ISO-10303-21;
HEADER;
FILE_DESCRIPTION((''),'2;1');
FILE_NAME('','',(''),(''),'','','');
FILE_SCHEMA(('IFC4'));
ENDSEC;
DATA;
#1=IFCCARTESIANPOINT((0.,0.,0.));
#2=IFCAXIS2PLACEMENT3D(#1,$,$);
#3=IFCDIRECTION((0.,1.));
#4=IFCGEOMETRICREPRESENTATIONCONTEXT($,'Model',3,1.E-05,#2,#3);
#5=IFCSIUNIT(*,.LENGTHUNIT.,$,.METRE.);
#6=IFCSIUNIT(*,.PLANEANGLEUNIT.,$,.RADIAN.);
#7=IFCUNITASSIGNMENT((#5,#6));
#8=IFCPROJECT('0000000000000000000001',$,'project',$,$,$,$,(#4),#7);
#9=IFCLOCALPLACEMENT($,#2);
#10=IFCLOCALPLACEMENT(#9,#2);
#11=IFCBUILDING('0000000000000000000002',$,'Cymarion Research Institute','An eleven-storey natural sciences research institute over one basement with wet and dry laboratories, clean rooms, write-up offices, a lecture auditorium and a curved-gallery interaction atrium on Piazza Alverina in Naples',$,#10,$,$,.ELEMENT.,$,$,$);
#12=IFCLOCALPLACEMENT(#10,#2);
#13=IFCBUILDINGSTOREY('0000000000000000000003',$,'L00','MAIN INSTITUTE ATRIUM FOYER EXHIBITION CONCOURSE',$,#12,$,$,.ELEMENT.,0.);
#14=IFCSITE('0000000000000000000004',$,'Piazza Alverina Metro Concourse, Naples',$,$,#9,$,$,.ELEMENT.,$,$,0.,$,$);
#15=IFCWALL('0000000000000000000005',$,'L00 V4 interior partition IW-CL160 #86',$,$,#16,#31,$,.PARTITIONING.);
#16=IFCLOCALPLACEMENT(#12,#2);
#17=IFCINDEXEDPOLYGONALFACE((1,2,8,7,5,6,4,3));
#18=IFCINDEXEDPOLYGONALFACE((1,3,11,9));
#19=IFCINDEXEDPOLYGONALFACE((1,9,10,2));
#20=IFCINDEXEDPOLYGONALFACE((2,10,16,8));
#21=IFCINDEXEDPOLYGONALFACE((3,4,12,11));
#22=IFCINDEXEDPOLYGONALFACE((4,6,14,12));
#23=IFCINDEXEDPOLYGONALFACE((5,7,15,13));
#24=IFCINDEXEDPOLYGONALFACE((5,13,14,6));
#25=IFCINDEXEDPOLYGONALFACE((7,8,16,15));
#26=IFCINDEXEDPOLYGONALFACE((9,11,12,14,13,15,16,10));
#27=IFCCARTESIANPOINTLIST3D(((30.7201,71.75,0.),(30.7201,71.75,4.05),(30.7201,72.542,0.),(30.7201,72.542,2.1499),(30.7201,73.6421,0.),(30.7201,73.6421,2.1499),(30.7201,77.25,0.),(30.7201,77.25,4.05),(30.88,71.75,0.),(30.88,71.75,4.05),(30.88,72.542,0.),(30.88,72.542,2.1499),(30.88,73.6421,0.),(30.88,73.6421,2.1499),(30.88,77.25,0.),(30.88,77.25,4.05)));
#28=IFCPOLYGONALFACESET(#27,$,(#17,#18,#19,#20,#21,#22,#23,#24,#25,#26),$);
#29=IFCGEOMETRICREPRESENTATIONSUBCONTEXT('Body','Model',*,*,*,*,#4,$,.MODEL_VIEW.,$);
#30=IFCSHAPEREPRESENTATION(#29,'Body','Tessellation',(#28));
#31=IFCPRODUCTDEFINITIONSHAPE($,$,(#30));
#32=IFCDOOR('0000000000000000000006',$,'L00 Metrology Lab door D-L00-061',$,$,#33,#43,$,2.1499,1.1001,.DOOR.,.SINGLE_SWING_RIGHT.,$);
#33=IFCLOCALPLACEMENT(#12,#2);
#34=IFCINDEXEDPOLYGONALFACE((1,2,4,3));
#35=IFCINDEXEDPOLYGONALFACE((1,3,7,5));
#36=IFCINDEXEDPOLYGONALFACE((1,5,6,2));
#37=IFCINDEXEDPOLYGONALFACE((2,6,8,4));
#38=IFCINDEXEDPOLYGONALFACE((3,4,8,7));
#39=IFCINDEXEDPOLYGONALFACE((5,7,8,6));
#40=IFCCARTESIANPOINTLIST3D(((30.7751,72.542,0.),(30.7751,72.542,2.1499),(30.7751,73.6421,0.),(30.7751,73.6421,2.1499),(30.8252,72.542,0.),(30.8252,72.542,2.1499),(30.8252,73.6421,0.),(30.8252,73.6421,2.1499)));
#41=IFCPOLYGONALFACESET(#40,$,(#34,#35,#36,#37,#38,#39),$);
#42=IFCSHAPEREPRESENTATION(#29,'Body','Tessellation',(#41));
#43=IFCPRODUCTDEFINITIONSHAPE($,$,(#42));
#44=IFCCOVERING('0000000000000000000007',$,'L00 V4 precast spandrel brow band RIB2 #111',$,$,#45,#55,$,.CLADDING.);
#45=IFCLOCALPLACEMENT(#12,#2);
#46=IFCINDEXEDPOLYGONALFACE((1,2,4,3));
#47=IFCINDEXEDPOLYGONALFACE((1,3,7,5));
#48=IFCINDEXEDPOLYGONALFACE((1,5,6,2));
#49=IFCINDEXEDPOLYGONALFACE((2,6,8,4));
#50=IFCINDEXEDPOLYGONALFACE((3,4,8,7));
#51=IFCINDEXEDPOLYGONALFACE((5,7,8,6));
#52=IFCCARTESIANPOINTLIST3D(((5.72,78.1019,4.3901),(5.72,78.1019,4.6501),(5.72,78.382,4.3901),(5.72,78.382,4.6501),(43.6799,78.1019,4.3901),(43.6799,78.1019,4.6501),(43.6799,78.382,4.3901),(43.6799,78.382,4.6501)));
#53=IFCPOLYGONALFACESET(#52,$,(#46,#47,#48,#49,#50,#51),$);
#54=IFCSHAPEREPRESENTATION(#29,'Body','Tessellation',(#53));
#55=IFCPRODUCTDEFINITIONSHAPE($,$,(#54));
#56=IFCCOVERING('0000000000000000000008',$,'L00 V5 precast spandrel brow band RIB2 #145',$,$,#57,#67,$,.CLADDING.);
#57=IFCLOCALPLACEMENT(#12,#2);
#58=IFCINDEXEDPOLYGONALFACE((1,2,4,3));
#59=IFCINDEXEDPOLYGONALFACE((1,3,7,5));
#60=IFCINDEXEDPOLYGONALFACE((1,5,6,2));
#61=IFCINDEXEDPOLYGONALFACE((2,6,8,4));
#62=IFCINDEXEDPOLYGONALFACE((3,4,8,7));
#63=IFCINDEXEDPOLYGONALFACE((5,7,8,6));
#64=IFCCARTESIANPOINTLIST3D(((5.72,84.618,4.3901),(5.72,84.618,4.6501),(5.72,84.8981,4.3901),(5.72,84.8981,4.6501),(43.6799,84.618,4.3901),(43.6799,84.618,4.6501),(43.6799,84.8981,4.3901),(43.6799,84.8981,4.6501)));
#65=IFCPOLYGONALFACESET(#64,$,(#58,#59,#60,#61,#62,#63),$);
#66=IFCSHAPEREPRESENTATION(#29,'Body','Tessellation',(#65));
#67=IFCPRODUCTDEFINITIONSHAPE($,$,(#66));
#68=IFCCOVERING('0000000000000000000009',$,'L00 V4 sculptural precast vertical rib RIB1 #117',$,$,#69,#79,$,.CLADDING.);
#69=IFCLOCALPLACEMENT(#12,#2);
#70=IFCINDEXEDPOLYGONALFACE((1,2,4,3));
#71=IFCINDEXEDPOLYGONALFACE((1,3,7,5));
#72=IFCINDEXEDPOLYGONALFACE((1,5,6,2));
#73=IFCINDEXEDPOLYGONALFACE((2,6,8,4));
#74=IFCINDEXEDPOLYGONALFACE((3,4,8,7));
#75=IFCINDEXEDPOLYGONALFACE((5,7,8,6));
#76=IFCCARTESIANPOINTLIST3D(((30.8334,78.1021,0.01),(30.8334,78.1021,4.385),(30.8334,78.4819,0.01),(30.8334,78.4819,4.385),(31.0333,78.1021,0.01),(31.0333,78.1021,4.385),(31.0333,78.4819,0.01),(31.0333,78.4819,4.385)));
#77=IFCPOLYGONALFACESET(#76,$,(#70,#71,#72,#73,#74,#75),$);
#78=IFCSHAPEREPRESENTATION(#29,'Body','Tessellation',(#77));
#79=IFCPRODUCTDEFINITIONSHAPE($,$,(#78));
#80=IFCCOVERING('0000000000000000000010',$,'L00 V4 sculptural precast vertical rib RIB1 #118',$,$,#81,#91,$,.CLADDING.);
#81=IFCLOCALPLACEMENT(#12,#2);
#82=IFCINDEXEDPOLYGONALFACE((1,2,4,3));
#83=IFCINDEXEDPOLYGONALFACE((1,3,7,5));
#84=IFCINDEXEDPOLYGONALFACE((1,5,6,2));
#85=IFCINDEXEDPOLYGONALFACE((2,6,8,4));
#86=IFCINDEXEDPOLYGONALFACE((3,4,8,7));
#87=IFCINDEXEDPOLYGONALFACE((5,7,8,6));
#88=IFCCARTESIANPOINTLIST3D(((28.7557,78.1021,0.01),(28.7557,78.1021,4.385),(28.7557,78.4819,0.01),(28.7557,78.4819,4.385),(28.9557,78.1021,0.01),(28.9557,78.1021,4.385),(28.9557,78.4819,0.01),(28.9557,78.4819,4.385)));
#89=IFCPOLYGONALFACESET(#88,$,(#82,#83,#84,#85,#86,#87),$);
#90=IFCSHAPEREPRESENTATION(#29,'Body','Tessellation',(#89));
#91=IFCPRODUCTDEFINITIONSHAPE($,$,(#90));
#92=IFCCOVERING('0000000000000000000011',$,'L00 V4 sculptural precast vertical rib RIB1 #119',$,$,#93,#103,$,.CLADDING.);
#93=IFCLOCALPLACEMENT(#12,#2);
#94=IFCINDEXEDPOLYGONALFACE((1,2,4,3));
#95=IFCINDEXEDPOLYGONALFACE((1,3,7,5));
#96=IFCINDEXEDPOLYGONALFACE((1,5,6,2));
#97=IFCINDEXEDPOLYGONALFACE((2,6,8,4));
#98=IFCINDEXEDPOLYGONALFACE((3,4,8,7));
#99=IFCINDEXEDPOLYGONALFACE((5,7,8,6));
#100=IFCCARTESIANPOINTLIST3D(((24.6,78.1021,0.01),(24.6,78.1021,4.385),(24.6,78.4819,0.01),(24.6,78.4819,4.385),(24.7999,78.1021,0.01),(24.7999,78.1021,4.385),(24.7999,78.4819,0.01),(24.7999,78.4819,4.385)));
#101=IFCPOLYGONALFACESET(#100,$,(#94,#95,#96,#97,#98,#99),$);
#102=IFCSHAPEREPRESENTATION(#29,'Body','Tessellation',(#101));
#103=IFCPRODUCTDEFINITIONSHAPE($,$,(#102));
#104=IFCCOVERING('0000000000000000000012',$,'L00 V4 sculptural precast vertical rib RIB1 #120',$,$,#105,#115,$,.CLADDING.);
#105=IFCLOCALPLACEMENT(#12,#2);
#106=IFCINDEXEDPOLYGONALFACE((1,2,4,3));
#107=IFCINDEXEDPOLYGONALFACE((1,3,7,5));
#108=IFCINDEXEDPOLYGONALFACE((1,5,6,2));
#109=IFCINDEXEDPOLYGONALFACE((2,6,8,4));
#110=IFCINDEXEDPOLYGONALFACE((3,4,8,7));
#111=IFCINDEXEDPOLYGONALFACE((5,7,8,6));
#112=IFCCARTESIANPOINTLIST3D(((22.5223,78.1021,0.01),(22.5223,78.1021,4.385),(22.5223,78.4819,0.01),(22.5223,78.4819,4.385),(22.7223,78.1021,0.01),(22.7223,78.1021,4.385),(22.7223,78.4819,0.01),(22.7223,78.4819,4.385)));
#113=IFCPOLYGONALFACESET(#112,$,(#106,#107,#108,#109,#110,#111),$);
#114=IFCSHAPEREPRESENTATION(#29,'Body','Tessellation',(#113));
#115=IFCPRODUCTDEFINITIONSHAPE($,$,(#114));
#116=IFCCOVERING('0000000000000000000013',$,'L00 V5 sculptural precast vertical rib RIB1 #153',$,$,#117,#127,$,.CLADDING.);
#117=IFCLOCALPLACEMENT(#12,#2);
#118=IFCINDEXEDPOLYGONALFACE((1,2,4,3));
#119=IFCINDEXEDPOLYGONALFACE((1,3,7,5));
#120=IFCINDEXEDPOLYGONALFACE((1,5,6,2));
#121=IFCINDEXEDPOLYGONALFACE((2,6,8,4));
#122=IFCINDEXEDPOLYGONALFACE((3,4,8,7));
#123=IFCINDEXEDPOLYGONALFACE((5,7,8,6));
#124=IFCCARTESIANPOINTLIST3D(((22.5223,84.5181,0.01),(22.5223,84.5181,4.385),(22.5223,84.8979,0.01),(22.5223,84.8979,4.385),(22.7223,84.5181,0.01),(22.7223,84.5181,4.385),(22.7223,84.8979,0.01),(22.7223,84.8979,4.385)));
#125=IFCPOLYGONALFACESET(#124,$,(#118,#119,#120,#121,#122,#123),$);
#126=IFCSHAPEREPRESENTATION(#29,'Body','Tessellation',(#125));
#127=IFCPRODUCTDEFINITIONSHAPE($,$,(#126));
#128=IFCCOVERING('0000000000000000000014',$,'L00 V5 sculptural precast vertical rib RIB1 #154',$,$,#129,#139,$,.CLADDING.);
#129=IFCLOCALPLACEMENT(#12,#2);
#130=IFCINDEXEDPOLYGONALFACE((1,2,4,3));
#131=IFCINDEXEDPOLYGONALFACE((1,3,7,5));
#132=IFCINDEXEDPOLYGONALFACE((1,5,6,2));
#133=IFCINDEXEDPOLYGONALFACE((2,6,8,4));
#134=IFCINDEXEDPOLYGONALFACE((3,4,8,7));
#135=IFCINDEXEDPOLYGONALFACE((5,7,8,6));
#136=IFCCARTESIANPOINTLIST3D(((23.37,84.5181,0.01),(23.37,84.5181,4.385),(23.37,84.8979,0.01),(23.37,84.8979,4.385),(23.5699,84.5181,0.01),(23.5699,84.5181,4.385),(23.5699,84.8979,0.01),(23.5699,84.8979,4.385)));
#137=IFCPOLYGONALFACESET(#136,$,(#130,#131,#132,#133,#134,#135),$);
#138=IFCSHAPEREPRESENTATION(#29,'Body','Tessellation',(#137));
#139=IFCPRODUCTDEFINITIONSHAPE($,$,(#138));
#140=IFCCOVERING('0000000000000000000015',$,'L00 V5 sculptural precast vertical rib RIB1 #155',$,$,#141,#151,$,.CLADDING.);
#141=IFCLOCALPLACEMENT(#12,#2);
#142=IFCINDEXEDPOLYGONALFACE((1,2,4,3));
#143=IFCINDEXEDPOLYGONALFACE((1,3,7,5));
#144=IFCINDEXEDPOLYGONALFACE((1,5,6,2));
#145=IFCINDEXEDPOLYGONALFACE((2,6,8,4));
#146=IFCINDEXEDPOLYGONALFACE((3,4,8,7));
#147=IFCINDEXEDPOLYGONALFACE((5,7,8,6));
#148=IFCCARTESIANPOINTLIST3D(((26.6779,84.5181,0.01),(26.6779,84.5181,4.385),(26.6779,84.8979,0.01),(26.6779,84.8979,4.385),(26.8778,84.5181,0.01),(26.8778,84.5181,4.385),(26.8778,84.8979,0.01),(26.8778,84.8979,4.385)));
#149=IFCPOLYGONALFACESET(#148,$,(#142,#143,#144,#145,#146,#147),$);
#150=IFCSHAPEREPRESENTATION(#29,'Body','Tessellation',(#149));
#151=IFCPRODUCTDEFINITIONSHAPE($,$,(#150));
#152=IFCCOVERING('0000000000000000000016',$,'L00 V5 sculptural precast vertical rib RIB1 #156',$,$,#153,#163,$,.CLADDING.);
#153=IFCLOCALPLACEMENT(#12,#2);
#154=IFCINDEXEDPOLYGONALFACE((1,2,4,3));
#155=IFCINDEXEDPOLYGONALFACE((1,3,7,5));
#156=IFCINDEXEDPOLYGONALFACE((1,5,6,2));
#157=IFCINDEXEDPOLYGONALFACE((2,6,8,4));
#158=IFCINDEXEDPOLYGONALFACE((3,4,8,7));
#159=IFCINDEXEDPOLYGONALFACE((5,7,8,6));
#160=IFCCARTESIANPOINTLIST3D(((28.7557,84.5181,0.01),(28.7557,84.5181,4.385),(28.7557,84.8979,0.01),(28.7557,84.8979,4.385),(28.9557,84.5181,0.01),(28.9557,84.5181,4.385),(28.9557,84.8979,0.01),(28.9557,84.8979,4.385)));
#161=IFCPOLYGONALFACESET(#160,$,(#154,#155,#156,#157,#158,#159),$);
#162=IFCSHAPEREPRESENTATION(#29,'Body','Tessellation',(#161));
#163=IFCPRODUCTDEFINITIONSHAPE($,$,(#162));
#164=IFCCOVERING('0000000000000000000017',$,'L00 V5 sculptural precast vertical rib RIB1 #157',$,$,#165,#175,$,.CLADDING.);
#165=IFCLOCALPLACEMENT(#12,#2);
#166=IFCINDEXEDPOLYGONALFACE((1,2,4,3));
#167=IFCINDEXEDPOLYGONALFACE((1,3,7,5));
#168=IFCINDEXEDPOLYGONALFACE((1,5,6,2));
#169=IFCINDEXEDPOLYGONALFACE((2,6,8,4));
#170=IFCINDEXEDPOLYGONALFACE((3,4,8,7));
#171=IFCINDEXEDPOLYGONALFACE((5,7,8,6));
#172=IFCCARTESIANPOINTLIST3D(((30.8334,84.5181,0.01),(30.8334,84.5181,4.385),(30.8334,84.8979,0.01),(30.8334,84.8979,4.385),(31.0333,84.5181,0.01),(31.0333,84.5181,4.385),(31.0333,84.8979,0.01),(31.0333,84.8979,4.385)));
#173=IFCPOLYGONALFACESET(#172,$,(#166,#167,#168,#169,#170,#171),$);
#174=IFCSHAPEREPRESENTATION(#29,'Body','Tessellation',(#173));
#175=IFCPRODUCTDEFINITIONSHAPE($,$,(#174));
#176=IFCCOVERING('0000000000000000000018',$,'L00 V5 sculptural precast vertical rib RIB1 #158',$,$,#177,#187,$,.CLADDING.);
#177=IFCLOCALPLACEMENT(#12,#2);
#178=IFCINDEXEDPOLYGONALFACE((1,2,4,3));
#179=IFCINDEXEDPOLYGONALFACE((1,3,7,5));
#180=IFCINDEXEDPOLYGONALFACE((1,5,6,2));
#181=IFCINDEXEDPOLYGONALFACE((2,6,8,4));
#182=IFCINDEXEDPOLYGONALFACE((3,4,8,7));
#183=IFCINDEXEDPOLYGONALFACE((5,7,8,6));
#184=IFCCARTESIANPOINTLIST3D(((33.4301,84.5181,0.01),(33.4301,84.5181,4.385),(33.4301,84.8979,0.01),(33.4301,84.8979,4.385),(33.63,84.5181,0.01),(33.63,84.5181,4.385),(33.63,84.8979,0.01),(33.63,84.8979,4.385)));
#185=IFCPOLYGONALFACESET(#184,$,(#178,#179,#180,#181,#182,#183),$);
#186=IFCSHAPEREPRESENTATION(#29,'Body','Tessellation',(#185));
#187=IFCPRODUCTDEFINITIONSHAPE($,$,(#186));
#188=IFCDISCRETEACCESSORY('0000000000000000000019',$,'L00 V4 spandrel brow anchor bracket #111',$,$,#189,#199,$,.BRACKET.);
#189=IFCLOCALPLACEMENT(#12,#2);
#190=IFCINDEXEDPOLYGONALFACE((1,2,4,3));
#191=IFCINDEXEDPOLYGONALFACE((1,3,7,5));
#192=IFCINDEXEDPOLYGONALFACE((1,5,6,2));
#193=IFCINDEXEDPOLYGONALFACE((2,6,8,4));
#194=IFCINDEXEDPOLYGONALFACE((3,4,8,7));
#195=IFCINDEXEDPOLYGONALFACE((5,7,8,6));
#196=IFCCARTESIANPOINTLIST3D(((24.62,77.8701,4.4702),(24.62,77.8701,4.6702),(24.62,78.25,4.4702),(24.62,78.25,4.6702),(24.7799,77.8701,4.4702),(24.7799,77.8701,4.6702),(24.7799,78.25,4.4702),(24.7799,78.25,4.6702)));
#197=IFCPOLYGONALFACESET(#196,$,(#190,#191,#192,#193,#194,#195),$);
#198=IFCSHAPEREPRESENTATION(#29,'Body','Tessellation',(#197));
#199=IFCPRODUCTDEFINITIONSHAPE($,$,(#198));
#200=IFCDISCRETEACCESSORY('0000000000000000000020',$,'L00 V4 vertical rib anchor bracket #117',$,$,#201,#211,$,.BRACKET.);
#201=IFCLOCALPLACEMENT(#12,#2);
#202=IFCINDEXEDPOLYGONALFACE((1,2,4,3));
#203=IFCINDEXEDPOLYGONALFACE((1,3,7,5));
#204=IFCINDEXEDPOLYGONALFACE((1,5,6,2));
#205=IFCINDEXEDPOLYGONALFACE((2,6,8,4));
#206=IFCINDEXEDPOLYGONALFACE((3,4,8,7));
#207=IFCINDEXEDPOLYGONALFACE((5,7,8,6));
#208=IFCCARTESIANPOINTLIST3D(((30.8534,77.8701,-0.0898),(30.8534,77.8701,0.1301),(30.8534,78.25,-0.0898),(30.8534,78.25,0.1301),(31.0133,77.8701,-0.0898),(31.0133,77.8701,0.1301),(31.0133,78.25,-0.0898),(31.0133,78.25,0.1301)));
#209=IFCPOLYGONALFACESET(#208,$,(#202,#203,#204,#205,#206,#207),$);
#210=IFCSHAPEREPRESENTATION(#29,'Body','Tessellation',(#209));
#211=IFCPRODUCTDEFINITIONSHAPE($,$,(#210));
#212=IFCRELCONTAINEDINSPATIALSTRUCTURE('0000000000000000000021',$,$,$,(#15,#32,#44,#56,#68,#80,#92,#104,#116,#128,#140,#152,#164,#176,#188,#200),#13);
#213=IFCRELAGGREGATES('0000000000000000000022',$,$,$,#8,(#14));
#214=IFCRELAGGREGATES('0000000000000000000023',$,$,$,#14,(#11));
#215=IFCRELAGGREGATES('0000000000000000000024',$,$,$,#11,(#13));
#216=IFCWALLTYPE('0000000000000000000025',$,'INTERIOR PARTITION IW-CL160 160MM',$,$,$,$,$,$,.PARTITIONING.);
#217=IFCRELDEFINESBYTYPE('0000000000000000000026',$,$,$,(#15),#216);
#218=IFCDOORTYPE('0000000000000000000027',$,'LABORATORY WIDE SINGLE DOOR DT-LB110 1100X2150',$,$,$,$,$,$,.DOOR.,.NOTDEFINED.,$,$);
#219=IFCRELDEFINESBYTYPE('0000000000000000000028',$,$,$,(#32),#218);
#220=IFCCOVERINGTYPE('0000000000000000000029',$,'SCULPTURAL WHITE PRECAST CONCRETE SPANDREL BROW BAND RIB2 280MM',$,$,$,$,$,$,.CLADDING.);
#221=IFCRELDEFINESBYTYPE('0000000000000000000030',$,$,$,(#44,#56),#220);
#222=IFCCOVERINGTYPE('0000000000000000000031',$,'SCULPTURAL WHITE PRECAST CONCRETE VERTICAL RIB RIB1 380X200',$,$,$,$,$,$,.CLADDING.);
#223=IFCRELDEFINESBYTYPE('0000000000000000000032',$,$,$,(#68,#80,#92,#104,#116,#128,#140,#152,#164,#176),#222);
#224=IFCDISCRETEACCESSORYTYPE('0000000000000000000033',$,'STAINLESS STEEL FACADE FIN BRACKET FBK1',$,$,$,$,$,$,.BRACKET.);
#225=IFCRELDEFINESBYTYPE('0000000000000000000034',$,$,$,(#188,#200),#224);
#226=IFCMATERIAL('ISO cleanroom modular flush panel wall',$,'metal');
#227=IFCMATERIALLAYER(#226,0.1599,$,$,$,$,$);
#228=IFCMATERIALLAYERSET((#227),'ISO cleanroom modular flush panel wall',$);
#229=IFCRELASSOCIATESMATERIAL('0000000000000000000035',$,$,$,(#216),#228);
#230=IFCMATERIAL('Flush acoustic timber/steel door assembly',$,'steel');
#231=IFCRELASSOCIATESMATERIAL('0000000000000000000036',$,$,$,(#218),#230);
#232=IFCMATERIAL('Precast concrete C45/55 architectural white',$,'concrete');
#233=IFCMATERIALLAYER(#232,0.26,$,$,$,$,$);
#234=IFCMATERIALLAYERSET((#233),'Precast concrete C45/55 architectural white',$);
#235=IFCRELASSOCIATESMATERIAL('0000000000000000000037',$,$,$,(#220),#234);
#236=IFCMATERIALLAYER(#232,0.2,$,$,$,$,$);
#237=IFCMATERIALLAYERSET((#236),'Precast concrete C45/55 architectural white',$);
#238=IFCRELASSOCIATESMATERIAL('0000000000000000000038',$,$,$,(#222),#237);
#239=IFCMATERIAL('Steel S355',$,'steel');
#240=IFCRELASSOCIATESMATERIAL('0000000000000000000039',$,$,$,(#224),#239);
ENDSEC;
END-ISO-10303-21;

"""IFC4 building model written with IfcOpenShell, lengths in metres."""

from ifc_helpers import new_model, si_unit, direction, frame, frame_2d, origin, origin_2d, place, context, subcontext, project, spatial, rectangle, extrude, material, layer, layer_set, type_object, element, fill, save


model = new_model("IFC4")

# Units and contexts
model_context = context("Model", 3, precision=1e-05, world=origin(), true_north=direction((0.0, 1.0)))
body_context = subcontext(model_context, "Body", "Model", "MODEL_VIEW")
ifc_project = project(units=[si_unit("LENGTHUNIT", "METRE"), si_unit("PLANEANGLEUNIT", "RADIAN")], contexts=[model_context])

# Site, building, storey
site_placement = place(None, origin())
site = spatial("IfcSite", under=ifc_project, at=site_placement, Name="Piazza Alverina Metro Concourse, Naples", CompositionType="ELEMENT", RefElevation=0.0)
building_placement = place(site_placement, origin())
building = spatial("IfcBuilding", under=site, at=building_placement, Name="Cymarion Research Institute", Description="An eleven-storey natural sciences research institute over one basement with wet and dry laboratories, clean rooms, write-up offices, a lecture auditorium and a curved-gallery interaction atrium on Piazza Alverina in Naples", CompositionType="ELEMENT")
storey_placement = place(building_placement, origin())
storey = spatial("IfcBuildingStorey", under=building, at=storey_placement, Name="L00", Description="MAIN INSTITUTE ATRIUM FOYER EXHIBITION CONCOURSE", CompositionType="ELEMENT", Elevation=0.0)

# Shared definitions
ifc_material_1 = material(Name="Steel S355", Category="steel")

# Shared definitions
ifc_material_2 = material(Name="ISO cleanroom modular flush panel wall", Category="metal")
ifc_layer_1 = layer(ifc_material_2, 0.1599)
ifc_layer_set_1 = layer_set([ifc_layer_1], Name="ISO cleanroom modular flush panel wall")
wall_type_1 = type_object("IfcWallType", Name="INTERIOR PARTITION IW-CL160 160MM", PredefinedType="PARTITIONING", material=ifc_layer_set_1)

# Wall, opening, door
wall_1_placement = place(storey_placement, frame((30.8, 71.75, 0.0), z_axis=(0.0, 0.0, 1.0), x_axis=(0.0, 1.0, 0.0)))
wall_1 = element("IfcWall", 1, at=wall_1_placement, inside=storey, type_object=wall_type_1, Name="L00 V4 interior partition IW-CL160 #86", PredefinedType="PARTITIONING", context=body_context, shape_type="SweptSolid", body=[
    extrude(rectangle(XDim=5.5, YDim=0.1599, at=frame_2d((2.75, 0.0))), origin(), (0.0, 0.0, 1.0), 4.05),
])
opening_1_placement = place(wall_1_placement, frame((0.792, 0.0, 0.0)))
opening_1 = element("IfcOpeningElement", 2, at=opening_1_placement, cuts=wall_1, PredefinedType="OPENING", context=body_context, shape_type="SweptSolid", body=[
    extrude(rectangle(XDim=1.1001, YDim=2.1499, at=frame_2d((0.55, 1.075))), frame((0.0, 0.0898, 0.0), z_axis=(0.0, -1.0, 0.0), x_axis=(1.0, 0.0, 0.0)), (0.0, 0.0, 1.0), 0.1799),
])
ifc_material_3 = material(Name="Flush acoustic timber/steel door assembly", Category="steel")
door_type_1 = type_object("IfcDoorType", Name="LABORATORY WIDE SINGLE DOOR DT-LB110 1100X2150", OperationType="NOTDEFINED", PredefinedType="DOOR", material=ifc_material_3)
door_1_placement = place(opening_1_placement, origin())
door_1 = element("IfcDoor", 3, at=door_1_placement, inside=storey, type_object=door_type_1, Name="L00 Metrology Lab door D-L00-061", OperationType="SINGLE_SWING_RIGHT", OverallHeight=2.1499, OverallWidth=1.1001, PredefinedType="DOOR", context=body_context, shape_type="SweptSolid", body=[
    extrude(rectangle(XDim=1.1001, YDim=2.1499, at=frame_2d((0.55, 1.075))), frame((0.0, 0.0249, 0.0), z_axis=(0.0, -1.0, 0.0), x_axis=(1.0, 0.0, 0.0)), (0.0, 0.0, 1.0), 0.05),
])
fill(opening_1, door_1)

# Coverings
ifc_material_4 = material(Name="Precast concrete C45/55 architectural white", Category="concrete")
ifc_layer_2 = layer(ifc_material_4, 0.26)
ifc_layer_set_2 = layer_set([ifc_layer_2], Name="Precast concrete C45/55 architectural white")
covering_type_1 = type_object("IfcCoveringType", Name="SCULPTURAL WHITE PRECAST CONCRETE SPANDREL BROW BAND RIB2 280MM", PredefinedType="CLADDING", material=ifc_layer_set_2)
for number, where, z_axis, x_axis, name in (
    (4, (24.7, 78.2419, 4.3901), (0.0, 0.0, 1.0), (0.0, 1.0, 0.0), "L00 V4 precast spandrel brow band RIB2 #111"),
    (5, (24.7, 84.7581, 4.3901), (0.0, 0.0, 1.0), (0.0, -1.0, 0.0), "L00 V5 precast spandrel brow band RIB2 #145"),
):
    element("IfcCovering", number, at=place(storey_placement, frame(where, z_axis=z_axis, x_axis=x_axis)), inside=storey, type_object=covering_type_1, Name=name, PredefinedType="CLADDING", context=body_context, shape_type="SweptSolid", body=[
        extrude(rectangle(XDim=0.28, YDim=37.96, at=origin_2d()), origin(), (0.0, 0.0, 1.0), 0.26),
    ])
ifc_layer_3 = layer(ifc_material_4, 0.2)
ifc_layer_set_3 = layer_set([ifc_layer_3], Name="Precast concrete C45/55 architectural white")
covering_type_2 = type_object("IfcCoveringType", Name="SCULPTURAL WHITE PRECAST CONCRETE VERTICAL RIB RIB1 380X200", PredefinedType="CLADDING", material=ifc_layer_set_3)
for number, where, z_axis, x_axis, name in (
    (6, (30.9333, 78.292, 0.01), (0.0, 0.0, 1.0), (0.0, 1.0, 0.0), "L00 V4 sculptural precast vertical rib RIB1 #117"),
    (7, (28.8557, 78.292, 0.01), (0.0, 0.0, 1.0), (0.0, 1.0, 0.0), "L00 V4 sculptural precast vertical rib RIB1 #118"),
    (8, (24.7, 78.292, 0.01), (0.0, 0.0, 1.0), (0.0, 1.0, 0.0), "L00 V4 sculptural precast vertical rib RIB1 #119"),
    (9, (22.6223, 78.292, 0.01), (0.0, 0.0, 1.0), (0.0, 1.0, 0.0), "L00 V4 sculptural precast vertical rib RIB1 #120"),
    (10, (22.6223, 84.708, 0.01), (0.0, 0.0, 1.0), (0.0, -1.0, 0.0), "L00 V5 sculptural precast vertical rib RIB1 #153"),
    (11, (23.47, 84.708, 0.01), (0.0, 0.0, 1.0), (0.0, -1.0, 0.0), "L00 V5 sculptural precast vertical rib RIB1 #154"),
    (12, (26.7778, 84.708, 0.01), (0.0, 0.0, 1.0), (0.0, -1.0, 0.0), "L00 V5 sculptural precast vertical rib RIB1 #155"),
    (13, (28.8557, 84.708, 0.01), (0.0, 0.0, 1.0), (0.0, -1.0, 0.0), "L00 V5 sculptural precast vertical rib RIB1 #156"),
    (14, (30.9333, 84.708, 0.01), (0.0, 0.0, 1.0), (0.0, -1.0, 0.0), "L00 V5 sculptural precast vertical rib RIB1 #157"),
    (15, (33.53, 84.708, 0.01), (0.0, 0.0, 1.0), (0.0, -1.0, 0.0), "L00 V5 sculptural precast vertical rib RIB1 #158"),
):
    element("IfcCovering", number, at=place(storey_placement, frame(where, z_axis=z_axis, x_axis=x_axis)), inside=storey, type_object=covering_type_2, Name=name, PredefinedType="CLADDING", context=body_context, shape_type="SweptSolid", body=[
        extrude(rectangle(XDim=0.3799, YDim=0.2, at=origin_2d()), origin(), (0.0, 0.0, 1.0), 4.375),
    ])

# Discrete accessories
discrete_accessory_type = type_object("IfcDiscreteAccessoryType", Name="STAINLESS STEEL FACADE FIN BRACKET FBK1", PredefinedType="BRACKET", material=ifc_material_1)
discrete_accessory_placement = place(storey_placement, frame((24.7, 78.0601, 4.4702), z_axis=(0.0, 0.0, 1.0), x_axis=(0.0, 1.0, 0.0)))
element("IfcDiscreteAccessory", 16, at=discrete_accessory_placement, inside=storey, type_object=discrete_accessory_type, Name="L00 V4 spandrel brow anchor bracket #111", PredefinedType="BRACKET", context=body_context, shape_type="SweptSolid", body=[
    extrude(rectangle(XDim=0.3799, YDim=0.1599, at=origin_2d()), origin(), (0.0, 0.0, 1.0), 0.2),
])
for number, where, z_axis, x_axis, name in (
    (17, (30.9333, 78.0601, -0.0898), (0.0, 0.0, 1.0), (0.0, 1.0, 0.0), "L00 V4 vertical rib anchor bracket #117"),
):
    element("IfcDiscreteAccessory", number, at=place(storey_placement, frame(where, z_axis=z_axis, x_axis=x_axis)), inside=storey, type_object=discrete_accessory_type, Name=name, PredefinedType="BRACKET", context=body_context, shape_type="SweptSolid", body=[
        extrude(rectangle(XDim=0.3799, YDim=0.1599, at=origin_2d()), origin(), (0.0, 0.0, 1.0), 0.22),
    ])

save(model, "model.ifc")
